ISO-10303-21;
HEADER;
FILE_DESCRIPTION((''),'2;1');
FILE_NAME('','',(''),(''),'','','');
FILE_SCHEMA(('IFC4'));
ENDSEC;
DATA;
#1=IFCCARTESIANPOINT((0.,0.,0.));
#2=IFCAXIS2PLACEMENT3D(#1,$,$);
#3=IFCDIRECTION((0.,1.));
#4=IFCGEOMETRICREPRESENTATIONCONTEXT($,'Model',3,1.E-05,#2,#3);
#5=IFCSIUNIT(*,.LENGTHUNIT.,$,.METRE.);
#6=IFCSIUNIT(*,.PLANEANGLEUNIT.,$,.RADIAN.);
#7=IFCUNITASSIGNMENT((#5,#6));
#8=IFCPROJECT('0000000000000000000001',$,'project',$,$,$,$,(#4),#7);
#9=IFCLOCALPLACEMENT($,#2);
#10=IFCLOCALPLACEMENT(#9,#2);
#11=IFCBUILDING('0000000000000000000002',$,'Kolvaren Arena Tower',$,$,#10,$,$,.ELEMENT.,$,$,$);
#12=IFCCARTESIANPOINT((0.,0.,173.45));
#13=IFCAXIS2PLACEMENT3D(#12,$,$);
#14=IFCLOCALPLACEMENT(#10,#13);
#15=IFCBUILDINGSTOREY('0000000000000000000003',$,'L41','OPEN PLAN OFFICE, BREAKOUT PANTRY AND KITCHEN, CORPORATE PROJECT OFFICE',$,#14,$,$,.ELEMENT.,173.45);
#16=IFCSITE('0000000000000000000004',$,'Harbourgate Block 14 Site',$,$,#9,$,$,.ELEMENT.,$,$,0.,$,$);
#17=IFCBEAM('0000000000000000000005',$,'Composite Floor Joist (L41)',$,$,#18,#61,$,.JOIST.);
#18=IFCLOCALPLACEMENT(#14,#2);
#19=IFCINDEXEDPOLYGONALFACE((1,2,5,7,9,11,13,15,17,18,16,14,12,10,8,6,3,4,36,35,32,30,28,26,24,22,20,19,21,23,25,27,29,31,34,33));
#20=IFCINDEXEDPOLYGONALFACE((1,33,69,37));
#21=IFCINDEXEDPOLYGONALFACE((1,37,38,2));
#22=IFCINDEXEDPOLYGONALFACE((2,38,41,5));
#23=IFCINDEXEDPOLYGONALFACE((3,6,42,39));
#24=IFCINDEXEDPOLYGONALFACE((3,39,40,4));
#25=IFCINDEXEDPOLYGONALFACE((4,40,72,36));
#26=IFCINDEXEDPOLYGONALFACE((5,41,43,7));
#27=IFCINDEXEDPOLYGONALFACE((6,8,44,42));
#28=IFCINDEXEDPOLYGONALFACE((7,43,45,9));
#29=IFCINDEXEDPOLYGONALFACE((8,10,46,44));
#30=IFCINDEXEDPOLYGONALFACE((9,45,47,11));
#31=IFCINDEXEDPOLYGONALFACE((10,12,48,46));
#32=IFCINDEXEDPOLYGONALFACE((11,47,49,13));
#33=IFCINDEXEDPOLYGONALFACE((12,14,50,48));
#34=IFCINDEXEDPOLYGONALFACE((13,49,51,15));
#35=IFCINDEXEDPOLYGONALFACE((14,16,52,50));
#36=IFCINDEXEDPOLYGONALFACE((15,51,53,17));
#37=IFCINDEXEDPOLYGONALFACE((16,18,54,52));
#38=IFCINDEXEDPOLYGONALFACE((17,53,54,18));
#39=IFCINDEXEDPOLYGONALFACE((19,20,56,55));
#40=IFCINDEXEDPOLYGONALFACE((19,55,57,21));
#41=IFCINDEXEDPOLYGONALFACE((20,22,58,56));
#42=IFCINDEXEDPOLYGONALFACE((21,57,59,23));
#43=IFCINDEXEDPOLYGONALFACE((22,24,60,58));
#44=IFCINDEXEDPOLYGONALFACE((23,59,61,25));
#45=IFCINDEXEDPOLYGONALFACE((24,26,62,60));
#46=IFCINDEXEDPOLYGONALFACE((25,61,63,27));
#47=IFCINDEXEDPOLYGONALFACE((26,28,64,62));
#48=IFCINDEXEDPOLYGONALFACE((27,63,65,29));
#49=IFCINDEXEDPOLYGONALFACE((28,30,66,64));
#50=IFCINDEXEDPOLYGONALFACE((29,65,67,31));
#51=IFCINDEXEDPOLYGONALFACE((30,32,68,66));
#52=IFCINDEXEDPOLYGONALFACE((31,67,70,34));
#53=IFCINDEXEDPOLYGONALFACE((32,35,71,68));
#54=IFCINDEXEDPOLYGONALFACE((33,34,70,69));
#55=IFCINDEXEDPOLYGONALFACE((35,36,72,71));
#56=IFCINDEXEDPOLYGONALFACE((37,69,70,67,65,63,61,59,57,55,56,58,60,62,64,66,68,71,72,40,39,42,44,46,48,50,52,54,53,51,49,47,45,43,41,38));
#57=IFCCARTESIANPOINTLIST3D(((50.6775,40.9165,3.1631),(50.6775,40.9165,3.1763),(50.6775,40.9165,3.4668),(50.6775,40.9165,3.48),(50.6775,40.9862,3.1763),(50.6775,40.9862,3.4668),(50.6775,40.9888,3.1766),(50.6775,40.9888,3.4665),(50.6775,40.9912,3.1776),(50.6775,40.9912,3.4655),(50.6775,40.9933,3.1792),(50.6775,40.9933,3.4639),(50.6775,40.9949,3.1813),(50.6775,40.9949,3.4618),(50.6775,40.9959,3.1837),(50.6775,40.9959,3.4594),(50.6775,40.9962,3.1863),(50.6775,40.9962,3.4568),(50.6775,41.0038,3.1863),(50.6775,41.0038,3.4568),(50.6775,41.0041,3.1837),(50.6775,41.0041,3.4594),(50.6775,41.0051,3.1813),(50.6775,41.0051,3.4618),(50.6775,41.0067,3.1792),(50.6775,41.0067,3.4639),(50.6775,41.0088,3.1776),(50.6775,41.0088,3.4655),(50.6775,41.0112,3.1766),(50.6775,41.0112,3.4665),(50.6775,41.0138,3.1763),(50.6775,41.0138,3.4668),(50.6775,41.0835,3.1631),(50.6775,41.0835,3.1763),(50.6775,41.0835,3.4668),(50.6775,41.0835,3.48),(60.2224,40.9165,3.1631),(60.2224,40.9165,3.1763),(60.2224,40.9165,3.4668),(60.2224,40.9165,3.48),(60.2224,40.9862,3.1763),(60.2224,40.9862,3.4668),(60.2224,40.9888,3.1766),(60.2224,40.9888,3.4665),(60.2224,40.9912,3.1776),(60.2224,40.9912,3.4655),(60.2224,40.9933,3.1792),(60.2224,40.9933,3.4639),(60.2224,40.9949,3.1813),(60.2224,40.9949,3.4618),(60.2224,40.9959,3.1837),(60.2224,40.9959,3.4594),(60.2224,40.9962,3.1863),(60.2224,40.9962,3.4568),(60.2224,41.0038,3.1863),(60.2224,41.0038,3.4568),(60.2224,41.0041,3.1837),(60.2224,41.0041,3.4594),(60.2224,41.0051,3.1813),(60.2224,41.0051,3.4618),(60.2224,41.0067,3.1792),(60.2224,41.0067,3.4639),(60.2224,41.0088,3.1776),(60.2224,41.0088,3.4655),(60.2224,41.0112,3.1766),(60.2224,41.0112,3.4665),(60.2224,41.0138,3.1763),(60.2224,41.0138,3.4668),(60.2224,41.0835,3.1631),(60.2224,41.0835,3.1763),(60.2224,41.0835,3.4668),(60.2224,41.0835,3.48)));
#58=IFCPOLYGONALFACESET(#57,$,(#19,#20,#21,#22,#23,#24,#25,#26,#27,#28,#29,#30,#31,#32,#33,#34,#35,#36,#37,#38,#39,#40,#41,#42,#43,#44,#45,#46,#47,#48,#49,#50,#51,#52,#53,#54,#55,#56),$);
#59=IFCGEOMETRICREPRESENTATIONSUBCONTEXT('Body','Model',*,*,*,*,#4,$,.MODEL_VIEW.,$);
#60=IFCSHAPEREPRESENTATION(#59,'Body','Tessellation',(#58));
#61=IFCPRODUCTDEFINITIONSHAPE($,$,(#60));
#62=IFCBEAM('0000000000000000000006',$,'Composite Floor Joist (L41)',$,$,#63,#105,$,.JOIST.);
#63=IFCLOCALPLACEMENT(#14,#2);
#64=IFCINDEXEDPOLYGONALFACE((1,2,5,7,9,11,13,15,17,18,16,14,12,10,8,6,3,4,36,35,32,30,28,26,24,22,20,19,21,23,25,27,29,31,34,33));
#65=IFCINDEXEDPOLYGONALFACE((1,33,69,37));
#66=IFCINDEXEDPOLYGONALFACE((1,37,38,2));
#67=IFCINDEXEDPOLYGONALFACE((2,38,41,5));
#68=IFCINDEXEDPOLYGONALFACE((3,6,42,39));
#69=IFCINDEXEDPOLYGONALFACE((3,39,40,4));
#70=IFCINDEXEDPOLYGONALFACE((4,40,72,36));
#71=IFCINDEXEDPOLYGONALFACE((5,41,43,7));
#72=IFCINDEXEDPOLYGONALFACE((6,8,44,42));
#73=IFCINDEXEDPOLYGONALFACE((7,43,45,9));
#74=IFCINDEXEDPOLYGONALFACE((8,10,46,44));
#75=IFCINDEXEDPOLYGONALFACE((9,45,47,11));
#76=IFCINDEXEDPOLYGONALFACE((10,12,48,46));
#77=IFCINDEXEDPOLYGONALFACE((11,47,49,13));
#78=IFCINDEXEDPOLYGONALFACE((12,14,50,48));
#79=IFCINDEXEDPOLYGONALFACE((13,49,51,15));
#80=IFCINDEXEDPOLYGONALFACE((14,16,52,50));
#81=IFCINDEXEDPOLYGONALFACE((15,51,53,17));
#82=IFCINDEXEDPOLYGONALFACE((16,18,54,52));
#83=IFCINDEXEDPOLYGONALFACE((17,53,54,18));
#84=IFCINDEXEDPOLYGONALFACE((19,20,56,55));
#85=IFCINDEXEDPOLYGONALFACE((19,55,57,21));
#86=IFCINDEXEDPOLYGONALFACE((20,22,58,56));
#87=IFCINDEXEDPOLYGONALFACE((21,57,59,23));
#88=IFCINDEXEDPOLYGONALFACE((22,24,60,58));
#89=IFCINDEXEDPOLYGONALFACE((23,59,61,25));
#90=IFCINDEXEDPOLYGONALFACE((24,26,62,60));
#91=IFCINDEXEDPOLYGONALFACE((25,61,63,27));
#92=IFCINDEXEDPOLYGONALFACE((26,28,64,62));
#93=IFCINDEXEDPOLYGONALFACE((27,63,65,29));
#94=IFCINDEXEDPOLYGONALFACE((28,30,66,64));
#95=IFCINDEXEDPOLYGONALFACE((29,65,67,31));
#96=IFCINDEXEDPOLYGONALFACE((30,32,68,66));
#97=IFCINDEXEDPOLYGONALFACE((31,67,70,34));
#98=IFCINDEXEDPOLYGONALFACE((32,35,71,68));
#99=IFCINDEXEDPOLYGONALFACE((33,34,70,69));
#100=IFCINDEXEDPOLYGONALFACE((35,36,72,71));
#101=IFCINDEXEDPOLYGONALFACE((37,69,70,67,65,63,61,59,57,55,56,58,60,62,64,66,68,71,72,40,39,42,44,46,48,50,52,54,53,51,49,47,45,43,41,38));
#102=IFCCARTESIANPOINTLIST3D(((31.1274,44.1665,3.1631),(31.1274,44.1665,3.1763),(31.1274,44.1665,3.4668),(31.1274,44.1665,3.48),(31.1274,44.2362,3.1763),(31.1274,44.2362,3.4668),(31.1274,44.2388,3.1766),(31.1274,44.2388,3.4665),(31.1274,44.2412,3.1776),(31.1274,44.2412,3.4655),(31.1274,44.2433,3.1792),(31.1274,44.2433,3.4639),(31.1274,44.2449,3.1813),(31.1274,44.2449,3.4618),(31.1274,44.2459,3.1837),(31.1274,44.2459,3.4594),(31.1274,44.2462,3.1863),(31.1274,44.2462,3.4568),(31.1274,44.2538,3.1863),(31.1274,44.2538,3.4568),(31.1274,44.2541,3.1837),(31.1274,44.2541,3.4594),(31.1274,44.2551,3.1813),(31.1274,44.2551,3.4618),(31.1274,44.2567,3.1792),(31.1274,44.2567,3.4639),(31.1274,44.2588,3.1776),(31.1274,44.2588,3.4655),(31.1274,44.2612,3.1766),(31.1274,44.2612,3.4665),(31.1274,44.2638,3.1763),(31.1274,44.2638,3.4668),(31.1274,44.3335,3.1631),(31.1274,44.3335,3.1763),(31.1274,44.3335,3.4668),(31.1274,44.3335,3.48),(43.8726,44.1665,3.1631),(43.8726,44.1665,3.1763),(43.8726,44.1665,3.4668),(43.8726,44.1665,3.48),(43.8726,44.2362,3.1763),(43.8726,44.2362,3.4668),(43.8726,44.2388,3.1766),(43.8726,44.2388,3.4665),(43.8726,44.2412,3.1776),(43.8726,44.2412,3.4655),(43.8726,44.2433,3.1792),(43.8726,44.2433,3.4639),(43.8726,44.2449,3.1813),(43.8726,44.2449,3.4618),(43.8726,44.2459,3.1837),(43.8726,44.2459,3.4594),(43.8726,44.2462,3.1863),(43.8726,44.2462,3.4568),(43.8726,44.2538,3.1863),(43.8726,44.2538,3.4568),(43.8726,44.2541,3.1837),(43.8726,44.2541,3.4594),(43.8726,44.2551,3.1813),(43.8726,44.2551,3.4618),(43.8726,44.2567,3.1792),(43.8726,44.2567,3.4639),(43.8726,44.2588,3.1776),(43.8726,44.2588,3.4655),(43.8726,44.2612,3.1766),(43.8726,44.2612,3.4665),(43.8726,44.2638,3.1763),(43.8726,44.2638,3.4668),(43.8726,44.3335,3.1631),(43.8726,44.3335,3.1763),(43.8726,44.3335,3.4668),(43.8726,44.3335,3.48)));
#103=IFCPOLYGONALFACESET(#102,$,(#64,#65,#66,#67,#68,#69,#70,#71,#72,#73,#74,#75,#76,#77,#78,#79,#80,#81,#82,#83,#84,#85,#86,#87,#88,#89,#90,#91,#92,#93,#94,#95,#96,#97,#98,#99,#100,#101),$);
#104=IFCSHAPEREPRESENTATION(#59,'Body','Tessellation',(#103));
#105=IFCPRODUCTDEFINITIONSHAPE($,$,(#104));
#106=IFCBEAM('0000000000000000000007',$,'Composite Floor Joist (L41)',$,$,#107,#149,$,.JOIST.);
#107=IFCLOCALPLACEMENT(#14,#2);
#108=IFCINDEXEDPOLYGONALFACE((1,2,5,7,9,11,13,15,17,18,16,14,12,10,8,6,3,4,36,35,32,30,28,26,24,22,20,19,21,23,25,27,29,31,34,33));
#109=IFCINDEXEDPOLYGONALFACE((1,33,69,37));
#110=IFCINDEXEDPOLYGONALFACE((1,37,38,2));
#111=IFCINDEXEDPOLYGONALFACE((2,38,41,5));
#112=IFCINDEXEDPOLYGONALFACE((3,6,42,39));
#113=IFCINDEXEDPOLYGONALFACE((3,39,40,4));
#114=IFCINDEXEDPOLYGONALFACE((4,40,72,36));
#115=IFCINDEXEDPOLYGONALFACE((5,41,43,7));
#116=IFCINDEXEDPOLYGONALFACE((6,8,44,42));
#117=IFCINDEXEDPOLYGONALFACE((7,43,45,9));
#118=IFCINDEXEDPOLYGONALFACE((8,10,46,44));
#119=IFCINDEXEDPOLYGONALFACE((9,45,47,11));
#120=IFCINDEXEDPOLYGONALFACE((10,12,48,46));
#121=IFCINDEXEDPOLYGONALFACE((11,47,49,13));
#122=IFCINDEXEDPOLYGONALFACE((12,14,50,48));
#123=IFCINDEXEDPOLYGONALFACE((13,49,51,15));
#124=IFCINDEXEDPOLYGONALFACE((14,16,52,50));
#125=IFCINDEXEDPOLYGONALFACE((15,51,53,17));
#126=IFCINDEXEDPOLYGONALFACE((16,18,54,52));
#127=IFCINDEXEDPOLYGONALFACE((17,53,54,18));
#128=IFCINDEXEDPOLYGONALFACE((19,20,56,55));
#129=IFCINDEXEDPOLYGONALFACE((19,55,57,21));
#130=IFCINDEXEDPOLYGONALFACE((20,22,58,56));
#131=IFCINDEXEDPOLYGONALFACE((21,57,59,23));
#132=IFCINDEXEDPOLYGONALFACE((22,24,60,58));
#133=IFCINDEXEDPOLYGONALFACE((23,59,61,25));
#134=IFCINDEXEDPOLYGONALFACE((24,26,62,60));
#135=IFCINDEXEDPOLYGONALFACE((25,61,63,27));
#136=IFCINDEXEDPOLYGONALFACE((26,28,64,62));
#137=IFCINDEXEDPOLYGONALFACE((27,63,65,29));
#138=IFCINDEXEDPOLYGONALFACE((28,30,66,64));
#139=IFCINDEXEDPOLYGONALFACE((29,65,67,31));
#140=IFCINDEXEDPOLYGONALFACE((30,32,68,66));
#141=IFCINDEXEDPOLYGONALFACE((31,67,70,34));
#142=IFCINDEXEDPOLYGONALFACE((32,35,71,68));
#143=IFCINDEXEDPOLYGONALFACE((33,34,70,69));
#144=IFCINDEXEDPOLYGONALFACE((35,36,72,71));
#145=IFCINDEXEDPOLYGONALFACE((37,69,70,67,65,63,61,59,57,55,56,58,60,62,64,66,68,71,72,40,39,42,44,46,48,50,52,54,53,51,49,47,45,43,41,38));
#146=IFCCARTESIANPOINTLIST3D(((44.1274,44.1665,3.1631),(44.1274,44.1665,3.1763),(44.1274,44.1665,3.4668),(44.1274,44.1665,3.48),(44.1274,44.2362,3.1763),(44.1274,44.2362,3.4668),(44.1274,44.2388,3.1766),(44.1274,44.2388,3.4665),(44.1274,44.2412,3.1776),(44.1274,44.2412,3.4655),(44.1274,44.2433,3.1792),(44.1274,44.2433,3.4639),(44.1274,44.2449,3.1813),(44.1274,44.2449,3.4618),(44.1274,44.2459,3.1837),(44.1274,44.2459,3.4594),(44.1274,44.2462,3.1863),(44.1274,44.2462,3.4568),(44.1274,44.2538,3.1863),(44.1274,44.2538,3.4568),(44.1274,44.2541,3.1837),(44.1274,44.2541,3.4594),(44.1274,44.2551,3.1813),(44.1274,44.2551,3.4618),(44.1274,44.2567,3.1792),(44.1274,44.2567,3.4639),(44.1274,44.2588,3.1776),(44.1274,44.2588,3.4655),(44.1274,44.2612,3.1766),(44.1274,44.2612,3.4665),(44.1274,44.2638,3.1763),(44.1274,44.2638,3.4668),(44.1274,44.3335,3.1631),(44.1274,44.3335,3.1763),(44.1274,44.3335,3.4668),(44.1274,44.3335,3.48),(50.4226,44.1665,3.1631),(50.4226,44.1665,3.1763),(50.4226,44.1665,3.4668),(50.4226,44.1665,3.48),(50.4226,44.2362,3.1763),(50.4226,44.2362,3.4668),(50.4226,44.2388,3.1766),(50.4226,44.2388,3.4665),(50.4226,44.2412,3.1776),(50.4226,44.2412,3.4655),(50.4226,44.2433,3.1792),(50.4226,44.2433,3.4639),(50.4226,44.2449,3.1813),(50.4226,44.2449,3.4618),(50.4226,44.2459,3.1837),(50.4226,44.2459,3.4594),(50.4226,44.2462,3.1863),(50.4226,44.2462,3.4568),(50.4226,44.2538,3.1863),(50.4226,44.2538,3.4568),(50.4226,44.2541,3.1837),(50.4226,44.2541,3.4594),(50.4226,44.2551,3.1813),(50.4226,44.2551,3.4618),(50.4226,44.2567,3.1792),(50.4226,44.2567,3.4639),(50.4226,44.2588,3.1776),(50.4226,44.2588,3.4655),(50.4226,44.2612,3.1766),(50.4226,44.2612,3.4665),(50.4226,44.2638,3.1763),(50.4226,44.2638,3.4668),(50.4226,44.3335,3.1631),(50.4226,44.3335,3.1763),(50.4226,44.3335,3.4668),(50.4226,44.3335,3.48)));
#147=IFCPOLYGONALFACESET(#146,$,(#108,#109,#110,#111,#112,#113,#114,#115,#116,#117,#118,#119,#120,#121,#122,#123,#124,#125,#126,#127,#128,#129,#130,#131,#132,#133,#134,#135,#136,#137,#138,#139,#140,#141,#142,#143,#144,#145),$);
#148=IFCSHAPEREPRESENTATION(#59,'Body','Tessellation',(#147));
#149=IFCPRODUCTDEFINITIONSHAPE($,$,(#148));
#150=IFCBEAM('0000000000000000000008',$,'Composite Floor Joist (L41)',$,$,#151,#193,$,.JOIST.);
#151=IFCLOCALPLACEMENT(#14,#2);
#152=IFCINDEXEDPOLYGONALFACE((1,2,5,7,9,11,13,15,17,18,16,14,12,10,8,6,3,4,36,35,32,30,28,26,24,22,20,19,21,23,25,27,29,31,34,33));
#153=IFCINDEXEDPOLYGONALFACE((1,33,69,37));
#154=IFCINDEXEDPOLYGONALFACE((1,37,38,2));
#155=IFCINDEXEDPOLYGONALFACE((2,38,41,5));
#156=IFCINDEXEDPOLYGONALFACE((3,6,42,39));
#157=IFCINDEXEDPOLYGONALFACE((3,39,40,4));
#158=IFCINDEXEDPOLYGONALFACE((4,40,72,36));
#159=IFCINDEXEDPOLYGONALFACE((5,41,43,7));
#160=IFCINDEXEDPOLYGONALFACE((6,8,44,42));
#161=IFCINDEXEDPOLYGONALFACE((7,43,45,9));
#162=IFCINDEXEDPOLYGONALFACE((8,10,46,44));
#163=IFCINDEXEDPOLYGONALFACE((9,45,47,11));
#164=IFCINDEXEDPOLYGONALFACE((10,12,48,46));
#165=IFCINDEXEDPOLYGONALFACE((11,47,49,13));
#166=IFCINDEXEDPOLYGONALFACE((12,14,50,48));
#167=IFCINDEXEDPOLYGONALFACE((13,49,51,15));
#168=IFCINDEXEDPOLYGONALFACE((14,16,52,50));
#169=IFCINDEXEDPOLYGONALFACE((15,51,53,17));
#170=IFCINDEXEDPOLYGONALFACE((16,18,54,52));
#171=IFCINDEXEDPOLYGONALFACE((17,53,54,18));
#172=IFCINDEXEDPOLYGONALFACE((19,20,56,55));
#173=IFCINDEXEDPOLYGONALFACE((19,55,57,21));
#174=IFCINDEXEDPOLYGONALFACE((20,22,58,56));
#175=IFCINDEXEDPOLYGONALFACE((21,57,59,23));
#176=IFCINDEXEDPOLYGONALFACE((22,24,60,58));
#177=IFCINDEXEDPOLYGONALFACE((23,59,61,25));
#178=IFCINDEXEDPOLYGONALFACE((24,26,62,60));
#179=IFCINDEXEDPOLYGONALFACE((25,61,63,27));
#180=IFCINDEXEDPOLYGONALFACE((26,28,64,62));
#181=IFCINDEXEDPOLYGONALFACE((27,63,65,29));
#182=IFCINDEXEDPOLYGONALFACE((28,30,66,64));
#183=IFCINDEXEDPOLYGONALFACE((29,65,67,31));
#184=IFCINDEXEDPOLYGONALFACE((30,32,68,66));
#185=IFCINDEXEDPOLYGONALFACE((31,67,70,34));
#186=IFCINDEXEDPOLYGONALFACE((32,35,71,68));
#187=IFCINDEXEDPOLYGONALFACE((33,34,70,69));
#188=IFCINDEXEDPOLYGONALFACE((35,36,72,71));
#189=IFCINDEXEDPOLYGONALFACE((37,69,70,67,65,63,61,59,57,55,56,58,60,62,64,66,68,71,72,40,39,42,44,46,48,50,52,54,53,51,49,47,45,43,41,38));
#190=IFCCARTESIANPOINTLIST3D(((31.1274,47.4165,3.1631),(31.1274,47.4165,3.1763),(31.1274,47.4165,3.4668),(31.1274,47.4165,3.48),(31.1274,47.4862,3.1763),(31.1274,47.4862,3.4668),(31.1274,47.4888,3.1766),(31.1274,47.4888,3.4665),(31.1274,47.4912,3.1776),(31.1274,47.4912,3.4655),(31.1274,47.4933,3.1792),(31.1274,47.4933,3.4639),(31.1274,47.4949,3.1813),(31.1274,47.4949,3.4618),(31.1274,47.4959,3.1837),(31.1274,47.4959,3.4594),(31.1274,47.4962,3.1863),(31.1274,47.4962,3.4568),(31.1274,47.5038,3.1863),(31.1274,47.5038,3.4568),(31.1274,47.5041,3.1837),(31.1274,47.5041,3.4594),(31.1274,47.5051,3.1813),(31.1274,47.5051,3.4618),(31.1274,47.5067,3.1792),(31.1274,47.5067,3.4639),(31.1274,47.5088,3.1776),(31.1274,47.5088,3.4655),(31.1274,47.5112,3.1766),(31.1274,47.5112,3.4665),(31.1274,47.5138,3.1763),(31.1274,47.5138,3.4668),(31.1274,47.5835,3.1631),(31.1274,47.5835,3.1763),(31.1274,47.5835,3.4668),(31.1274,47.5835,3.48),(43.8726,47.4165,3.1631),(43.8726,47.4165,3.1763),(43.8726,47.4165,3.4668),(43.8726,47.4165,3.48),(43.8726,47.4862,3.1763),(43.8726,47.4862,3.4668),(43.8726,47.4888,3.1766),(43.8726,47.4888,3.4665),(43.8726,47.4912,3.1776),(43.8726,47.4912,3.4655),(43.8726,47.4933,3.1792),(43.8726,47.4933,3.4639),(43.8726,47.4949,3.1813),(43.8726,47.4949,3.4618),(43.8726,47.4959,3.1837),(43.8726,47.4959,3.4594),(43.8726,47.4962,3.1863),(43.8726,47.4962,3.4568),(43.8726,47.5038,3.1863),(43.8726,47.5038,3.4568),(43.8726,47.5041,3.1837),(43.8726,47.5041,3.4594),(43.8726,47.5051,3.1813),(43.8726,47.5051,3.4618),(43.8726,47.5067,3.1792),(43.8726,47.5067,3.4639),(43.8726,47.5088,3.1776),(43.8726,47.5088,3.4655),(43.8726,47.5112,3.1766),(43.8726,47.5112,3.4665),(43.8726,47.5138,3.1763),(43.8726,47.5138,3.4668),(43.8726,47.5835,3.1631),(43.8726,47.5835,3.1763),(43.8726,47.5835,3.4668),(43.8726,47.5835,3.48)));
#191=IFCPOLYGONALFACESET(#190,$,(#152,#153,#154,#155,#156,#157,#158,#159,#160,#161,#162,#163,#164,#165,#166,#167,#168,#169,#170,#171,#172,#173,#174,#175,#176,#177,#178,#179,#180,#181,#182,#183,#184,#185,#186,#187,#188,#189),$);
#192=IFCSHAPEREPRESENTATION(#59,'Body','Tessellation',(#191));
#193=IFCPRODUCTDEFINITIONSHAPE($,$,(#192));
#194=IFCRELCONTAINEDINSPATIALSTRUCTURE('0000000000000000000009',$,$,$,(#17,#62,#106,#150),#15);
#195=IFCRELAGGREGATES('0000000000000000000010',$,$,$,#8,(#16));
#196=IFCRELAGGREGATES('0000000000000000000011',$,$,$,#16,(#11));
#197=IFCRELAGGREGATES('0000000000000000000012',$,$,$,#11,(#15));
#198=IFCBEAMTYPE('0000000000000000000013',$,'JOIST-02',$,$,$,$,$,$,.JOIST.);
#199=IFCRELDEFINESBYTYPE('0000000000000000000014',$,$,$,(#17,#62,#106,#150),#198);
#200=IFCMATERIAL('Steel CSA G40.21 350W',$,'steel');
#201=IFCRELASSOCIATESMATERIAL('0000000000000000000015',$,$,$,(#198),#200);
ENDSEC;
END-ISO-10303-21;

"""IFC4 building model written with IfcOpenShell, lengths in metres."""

from ifc_helpers import new_model, si_unit, direction, frame, origin, origin_2d, place, context, subcontext, project, spatial, i_section, extrude, material, material_profile, profile_set, type_object, element, save


model = new_model("IFC4")

# Units and contexts
model_context = context("Model", 3, precision=1e-05, world=origin(), true_north=direction((0.0, 1.0)))
body_context = subcontext(model_context, "Body", "Model", "MODEL_VIEW")
ifc_project = project(units=[si_unit("LENGTHUNIT", "METRE"), si_unit("PLANEANGLEUNIT", "RADIAN")], contexts=[model_context])

# Site, building, storey
site_placement = place(None, origin())
site = spatial("IfcSite", under=ifc_project, at=site_placement, Name="Harbourgate Block 14 Site", CompositionType="ELEMENT", RefElevation=0.0)
building_placement = place(site_placement, origin())
building = spatial("IfcBuilding", under=site, at=building_placement, Name="Kolvaren Arena Tower", CompositionType="ELEMENT")
storey_placement = place(building_placement, frame((0.0, 0.0, 173.45)))
storey = spatial("IfcBuildingStorey", under=building, at=storey_placement, Name="L41", Description="OPEN PLAN OFFICE, BREAKOUT PANTRY AND KITCHEN, CORPORATE PROJECT OFFICE", CompositionType="ELEMENT", Elevation=173.45)

# Beams
ifc_material_1 = material(Name="Steel CSA G40.21 350W", Category="steel")
ifc_material_profile_1 = material_profile(ifc_material_1, i_section(OverallWidth=0.167, OverallDepth=0.3169, WebThickness=0.0076, FlangeThickness=0.0132, FilletRadius=0.01, at=origin_2d()), Name="W310x52")
ifc_profile_set_1 = profile_set([ifc_material_profile_1], Name="Steel CSA G40.21 350W")
beam_type_1 = type_object("IfcBeamType", Name="JOIST-02", PredefinedType="JOIST", material=ifc_profile_set_1)
beam_1_placement = place(storey_placement, frame((50.6775, 41.0, 3.3215), z_axis=(1.0, 0.0, 0.0), x_axis=(0.0, 1.0, 0.0)))
element("IfcBeam", 1, at=beam_1_placement, inside=storey, type_object=beam_type_1, Name="Composite Floor Joist (L41)", PredefinedType="JOIST", context=body_context, shape_type="SweptSolid", body=[
    extrude(i_section(OverallWidth=0.167, OverallDepth=0.3169, WebThickness=0.0076, FlangeThickness=0.0132, FilletRadius=0.01, at=origin_2d()), origin(), (0.0, 0.0, 1.0), 9.5449),
])
beam_2_placement = place(storey_placement, frame((31.1274, 44.25, 3.3215), z_axis=(1.0, 0.0, 0.0), x_axis=(0.0, 1.0, 0.0)))
element("IfcBeam", 2, at=beam_2_placement, inside=storey, type_object=beam_type_1, Name="Composite Floor Joist (L41)", PredefinedType="JOIST", context=body_context, shape_type="SweptSolid", body=[
    extrude(i_section(OverallWidth=0.167, OverallDepth=0.3169, WebThickness=0.0076, FlangeThickness=0.0132, FilletRadius=0.01, at=origin_2d()), origin(), (0.0, 0.0, 1.0), 12.7451),
])
beam_3_placement = place(storey_placement, frame((44.1274, 44.25, 3.3215), z_axis=(1.0, 0.0, 0.0), x_axis=(0.0, 1.0, 0.0)))
element("IfcBeam", 3, at=beam_3_placement, inside=storey, type_object=beam_type_1, Name="Composite Floor Joist (L41)", PredefinedType="JOIST", context=body_context, shape_type="SweptSolid", body=[
    extrude(i_section(OverallWidth=0.167, OverallDepth=0.3169, WebThickness=0.0076, FlangeThickness=0.0132, FilletRadius=0.01, at=origin_2d()), origin(), (0.0, 0.0, 1.0), 6.2952),
])
beam_4_placement = place(storey_placement, frame((31.1274, 47.5, 3.3215), z_axis=(1.0, 0.0, 0.0), x_axis=(0.0, 1.0, 0.0)))
element("IfcBeam", 4, at=beam_4_placement, inside=storey, type_object=beam_type_1, Name="Composite Floor Joist (L41)", PredefinedType="JOIST", context=body_context, shape_type="SweptSolid", body=[
    extrude(i_section(OverallWidth=0.167, OverallDepth=0.3169, WebThickness=0.0076, FlangeThickness=0.0132, FilletRadius=0.01, at=origin_2d()), origin(), (0.0, 0.0, 1.0), 12.7451),
])

save(model, "model.ifc")
